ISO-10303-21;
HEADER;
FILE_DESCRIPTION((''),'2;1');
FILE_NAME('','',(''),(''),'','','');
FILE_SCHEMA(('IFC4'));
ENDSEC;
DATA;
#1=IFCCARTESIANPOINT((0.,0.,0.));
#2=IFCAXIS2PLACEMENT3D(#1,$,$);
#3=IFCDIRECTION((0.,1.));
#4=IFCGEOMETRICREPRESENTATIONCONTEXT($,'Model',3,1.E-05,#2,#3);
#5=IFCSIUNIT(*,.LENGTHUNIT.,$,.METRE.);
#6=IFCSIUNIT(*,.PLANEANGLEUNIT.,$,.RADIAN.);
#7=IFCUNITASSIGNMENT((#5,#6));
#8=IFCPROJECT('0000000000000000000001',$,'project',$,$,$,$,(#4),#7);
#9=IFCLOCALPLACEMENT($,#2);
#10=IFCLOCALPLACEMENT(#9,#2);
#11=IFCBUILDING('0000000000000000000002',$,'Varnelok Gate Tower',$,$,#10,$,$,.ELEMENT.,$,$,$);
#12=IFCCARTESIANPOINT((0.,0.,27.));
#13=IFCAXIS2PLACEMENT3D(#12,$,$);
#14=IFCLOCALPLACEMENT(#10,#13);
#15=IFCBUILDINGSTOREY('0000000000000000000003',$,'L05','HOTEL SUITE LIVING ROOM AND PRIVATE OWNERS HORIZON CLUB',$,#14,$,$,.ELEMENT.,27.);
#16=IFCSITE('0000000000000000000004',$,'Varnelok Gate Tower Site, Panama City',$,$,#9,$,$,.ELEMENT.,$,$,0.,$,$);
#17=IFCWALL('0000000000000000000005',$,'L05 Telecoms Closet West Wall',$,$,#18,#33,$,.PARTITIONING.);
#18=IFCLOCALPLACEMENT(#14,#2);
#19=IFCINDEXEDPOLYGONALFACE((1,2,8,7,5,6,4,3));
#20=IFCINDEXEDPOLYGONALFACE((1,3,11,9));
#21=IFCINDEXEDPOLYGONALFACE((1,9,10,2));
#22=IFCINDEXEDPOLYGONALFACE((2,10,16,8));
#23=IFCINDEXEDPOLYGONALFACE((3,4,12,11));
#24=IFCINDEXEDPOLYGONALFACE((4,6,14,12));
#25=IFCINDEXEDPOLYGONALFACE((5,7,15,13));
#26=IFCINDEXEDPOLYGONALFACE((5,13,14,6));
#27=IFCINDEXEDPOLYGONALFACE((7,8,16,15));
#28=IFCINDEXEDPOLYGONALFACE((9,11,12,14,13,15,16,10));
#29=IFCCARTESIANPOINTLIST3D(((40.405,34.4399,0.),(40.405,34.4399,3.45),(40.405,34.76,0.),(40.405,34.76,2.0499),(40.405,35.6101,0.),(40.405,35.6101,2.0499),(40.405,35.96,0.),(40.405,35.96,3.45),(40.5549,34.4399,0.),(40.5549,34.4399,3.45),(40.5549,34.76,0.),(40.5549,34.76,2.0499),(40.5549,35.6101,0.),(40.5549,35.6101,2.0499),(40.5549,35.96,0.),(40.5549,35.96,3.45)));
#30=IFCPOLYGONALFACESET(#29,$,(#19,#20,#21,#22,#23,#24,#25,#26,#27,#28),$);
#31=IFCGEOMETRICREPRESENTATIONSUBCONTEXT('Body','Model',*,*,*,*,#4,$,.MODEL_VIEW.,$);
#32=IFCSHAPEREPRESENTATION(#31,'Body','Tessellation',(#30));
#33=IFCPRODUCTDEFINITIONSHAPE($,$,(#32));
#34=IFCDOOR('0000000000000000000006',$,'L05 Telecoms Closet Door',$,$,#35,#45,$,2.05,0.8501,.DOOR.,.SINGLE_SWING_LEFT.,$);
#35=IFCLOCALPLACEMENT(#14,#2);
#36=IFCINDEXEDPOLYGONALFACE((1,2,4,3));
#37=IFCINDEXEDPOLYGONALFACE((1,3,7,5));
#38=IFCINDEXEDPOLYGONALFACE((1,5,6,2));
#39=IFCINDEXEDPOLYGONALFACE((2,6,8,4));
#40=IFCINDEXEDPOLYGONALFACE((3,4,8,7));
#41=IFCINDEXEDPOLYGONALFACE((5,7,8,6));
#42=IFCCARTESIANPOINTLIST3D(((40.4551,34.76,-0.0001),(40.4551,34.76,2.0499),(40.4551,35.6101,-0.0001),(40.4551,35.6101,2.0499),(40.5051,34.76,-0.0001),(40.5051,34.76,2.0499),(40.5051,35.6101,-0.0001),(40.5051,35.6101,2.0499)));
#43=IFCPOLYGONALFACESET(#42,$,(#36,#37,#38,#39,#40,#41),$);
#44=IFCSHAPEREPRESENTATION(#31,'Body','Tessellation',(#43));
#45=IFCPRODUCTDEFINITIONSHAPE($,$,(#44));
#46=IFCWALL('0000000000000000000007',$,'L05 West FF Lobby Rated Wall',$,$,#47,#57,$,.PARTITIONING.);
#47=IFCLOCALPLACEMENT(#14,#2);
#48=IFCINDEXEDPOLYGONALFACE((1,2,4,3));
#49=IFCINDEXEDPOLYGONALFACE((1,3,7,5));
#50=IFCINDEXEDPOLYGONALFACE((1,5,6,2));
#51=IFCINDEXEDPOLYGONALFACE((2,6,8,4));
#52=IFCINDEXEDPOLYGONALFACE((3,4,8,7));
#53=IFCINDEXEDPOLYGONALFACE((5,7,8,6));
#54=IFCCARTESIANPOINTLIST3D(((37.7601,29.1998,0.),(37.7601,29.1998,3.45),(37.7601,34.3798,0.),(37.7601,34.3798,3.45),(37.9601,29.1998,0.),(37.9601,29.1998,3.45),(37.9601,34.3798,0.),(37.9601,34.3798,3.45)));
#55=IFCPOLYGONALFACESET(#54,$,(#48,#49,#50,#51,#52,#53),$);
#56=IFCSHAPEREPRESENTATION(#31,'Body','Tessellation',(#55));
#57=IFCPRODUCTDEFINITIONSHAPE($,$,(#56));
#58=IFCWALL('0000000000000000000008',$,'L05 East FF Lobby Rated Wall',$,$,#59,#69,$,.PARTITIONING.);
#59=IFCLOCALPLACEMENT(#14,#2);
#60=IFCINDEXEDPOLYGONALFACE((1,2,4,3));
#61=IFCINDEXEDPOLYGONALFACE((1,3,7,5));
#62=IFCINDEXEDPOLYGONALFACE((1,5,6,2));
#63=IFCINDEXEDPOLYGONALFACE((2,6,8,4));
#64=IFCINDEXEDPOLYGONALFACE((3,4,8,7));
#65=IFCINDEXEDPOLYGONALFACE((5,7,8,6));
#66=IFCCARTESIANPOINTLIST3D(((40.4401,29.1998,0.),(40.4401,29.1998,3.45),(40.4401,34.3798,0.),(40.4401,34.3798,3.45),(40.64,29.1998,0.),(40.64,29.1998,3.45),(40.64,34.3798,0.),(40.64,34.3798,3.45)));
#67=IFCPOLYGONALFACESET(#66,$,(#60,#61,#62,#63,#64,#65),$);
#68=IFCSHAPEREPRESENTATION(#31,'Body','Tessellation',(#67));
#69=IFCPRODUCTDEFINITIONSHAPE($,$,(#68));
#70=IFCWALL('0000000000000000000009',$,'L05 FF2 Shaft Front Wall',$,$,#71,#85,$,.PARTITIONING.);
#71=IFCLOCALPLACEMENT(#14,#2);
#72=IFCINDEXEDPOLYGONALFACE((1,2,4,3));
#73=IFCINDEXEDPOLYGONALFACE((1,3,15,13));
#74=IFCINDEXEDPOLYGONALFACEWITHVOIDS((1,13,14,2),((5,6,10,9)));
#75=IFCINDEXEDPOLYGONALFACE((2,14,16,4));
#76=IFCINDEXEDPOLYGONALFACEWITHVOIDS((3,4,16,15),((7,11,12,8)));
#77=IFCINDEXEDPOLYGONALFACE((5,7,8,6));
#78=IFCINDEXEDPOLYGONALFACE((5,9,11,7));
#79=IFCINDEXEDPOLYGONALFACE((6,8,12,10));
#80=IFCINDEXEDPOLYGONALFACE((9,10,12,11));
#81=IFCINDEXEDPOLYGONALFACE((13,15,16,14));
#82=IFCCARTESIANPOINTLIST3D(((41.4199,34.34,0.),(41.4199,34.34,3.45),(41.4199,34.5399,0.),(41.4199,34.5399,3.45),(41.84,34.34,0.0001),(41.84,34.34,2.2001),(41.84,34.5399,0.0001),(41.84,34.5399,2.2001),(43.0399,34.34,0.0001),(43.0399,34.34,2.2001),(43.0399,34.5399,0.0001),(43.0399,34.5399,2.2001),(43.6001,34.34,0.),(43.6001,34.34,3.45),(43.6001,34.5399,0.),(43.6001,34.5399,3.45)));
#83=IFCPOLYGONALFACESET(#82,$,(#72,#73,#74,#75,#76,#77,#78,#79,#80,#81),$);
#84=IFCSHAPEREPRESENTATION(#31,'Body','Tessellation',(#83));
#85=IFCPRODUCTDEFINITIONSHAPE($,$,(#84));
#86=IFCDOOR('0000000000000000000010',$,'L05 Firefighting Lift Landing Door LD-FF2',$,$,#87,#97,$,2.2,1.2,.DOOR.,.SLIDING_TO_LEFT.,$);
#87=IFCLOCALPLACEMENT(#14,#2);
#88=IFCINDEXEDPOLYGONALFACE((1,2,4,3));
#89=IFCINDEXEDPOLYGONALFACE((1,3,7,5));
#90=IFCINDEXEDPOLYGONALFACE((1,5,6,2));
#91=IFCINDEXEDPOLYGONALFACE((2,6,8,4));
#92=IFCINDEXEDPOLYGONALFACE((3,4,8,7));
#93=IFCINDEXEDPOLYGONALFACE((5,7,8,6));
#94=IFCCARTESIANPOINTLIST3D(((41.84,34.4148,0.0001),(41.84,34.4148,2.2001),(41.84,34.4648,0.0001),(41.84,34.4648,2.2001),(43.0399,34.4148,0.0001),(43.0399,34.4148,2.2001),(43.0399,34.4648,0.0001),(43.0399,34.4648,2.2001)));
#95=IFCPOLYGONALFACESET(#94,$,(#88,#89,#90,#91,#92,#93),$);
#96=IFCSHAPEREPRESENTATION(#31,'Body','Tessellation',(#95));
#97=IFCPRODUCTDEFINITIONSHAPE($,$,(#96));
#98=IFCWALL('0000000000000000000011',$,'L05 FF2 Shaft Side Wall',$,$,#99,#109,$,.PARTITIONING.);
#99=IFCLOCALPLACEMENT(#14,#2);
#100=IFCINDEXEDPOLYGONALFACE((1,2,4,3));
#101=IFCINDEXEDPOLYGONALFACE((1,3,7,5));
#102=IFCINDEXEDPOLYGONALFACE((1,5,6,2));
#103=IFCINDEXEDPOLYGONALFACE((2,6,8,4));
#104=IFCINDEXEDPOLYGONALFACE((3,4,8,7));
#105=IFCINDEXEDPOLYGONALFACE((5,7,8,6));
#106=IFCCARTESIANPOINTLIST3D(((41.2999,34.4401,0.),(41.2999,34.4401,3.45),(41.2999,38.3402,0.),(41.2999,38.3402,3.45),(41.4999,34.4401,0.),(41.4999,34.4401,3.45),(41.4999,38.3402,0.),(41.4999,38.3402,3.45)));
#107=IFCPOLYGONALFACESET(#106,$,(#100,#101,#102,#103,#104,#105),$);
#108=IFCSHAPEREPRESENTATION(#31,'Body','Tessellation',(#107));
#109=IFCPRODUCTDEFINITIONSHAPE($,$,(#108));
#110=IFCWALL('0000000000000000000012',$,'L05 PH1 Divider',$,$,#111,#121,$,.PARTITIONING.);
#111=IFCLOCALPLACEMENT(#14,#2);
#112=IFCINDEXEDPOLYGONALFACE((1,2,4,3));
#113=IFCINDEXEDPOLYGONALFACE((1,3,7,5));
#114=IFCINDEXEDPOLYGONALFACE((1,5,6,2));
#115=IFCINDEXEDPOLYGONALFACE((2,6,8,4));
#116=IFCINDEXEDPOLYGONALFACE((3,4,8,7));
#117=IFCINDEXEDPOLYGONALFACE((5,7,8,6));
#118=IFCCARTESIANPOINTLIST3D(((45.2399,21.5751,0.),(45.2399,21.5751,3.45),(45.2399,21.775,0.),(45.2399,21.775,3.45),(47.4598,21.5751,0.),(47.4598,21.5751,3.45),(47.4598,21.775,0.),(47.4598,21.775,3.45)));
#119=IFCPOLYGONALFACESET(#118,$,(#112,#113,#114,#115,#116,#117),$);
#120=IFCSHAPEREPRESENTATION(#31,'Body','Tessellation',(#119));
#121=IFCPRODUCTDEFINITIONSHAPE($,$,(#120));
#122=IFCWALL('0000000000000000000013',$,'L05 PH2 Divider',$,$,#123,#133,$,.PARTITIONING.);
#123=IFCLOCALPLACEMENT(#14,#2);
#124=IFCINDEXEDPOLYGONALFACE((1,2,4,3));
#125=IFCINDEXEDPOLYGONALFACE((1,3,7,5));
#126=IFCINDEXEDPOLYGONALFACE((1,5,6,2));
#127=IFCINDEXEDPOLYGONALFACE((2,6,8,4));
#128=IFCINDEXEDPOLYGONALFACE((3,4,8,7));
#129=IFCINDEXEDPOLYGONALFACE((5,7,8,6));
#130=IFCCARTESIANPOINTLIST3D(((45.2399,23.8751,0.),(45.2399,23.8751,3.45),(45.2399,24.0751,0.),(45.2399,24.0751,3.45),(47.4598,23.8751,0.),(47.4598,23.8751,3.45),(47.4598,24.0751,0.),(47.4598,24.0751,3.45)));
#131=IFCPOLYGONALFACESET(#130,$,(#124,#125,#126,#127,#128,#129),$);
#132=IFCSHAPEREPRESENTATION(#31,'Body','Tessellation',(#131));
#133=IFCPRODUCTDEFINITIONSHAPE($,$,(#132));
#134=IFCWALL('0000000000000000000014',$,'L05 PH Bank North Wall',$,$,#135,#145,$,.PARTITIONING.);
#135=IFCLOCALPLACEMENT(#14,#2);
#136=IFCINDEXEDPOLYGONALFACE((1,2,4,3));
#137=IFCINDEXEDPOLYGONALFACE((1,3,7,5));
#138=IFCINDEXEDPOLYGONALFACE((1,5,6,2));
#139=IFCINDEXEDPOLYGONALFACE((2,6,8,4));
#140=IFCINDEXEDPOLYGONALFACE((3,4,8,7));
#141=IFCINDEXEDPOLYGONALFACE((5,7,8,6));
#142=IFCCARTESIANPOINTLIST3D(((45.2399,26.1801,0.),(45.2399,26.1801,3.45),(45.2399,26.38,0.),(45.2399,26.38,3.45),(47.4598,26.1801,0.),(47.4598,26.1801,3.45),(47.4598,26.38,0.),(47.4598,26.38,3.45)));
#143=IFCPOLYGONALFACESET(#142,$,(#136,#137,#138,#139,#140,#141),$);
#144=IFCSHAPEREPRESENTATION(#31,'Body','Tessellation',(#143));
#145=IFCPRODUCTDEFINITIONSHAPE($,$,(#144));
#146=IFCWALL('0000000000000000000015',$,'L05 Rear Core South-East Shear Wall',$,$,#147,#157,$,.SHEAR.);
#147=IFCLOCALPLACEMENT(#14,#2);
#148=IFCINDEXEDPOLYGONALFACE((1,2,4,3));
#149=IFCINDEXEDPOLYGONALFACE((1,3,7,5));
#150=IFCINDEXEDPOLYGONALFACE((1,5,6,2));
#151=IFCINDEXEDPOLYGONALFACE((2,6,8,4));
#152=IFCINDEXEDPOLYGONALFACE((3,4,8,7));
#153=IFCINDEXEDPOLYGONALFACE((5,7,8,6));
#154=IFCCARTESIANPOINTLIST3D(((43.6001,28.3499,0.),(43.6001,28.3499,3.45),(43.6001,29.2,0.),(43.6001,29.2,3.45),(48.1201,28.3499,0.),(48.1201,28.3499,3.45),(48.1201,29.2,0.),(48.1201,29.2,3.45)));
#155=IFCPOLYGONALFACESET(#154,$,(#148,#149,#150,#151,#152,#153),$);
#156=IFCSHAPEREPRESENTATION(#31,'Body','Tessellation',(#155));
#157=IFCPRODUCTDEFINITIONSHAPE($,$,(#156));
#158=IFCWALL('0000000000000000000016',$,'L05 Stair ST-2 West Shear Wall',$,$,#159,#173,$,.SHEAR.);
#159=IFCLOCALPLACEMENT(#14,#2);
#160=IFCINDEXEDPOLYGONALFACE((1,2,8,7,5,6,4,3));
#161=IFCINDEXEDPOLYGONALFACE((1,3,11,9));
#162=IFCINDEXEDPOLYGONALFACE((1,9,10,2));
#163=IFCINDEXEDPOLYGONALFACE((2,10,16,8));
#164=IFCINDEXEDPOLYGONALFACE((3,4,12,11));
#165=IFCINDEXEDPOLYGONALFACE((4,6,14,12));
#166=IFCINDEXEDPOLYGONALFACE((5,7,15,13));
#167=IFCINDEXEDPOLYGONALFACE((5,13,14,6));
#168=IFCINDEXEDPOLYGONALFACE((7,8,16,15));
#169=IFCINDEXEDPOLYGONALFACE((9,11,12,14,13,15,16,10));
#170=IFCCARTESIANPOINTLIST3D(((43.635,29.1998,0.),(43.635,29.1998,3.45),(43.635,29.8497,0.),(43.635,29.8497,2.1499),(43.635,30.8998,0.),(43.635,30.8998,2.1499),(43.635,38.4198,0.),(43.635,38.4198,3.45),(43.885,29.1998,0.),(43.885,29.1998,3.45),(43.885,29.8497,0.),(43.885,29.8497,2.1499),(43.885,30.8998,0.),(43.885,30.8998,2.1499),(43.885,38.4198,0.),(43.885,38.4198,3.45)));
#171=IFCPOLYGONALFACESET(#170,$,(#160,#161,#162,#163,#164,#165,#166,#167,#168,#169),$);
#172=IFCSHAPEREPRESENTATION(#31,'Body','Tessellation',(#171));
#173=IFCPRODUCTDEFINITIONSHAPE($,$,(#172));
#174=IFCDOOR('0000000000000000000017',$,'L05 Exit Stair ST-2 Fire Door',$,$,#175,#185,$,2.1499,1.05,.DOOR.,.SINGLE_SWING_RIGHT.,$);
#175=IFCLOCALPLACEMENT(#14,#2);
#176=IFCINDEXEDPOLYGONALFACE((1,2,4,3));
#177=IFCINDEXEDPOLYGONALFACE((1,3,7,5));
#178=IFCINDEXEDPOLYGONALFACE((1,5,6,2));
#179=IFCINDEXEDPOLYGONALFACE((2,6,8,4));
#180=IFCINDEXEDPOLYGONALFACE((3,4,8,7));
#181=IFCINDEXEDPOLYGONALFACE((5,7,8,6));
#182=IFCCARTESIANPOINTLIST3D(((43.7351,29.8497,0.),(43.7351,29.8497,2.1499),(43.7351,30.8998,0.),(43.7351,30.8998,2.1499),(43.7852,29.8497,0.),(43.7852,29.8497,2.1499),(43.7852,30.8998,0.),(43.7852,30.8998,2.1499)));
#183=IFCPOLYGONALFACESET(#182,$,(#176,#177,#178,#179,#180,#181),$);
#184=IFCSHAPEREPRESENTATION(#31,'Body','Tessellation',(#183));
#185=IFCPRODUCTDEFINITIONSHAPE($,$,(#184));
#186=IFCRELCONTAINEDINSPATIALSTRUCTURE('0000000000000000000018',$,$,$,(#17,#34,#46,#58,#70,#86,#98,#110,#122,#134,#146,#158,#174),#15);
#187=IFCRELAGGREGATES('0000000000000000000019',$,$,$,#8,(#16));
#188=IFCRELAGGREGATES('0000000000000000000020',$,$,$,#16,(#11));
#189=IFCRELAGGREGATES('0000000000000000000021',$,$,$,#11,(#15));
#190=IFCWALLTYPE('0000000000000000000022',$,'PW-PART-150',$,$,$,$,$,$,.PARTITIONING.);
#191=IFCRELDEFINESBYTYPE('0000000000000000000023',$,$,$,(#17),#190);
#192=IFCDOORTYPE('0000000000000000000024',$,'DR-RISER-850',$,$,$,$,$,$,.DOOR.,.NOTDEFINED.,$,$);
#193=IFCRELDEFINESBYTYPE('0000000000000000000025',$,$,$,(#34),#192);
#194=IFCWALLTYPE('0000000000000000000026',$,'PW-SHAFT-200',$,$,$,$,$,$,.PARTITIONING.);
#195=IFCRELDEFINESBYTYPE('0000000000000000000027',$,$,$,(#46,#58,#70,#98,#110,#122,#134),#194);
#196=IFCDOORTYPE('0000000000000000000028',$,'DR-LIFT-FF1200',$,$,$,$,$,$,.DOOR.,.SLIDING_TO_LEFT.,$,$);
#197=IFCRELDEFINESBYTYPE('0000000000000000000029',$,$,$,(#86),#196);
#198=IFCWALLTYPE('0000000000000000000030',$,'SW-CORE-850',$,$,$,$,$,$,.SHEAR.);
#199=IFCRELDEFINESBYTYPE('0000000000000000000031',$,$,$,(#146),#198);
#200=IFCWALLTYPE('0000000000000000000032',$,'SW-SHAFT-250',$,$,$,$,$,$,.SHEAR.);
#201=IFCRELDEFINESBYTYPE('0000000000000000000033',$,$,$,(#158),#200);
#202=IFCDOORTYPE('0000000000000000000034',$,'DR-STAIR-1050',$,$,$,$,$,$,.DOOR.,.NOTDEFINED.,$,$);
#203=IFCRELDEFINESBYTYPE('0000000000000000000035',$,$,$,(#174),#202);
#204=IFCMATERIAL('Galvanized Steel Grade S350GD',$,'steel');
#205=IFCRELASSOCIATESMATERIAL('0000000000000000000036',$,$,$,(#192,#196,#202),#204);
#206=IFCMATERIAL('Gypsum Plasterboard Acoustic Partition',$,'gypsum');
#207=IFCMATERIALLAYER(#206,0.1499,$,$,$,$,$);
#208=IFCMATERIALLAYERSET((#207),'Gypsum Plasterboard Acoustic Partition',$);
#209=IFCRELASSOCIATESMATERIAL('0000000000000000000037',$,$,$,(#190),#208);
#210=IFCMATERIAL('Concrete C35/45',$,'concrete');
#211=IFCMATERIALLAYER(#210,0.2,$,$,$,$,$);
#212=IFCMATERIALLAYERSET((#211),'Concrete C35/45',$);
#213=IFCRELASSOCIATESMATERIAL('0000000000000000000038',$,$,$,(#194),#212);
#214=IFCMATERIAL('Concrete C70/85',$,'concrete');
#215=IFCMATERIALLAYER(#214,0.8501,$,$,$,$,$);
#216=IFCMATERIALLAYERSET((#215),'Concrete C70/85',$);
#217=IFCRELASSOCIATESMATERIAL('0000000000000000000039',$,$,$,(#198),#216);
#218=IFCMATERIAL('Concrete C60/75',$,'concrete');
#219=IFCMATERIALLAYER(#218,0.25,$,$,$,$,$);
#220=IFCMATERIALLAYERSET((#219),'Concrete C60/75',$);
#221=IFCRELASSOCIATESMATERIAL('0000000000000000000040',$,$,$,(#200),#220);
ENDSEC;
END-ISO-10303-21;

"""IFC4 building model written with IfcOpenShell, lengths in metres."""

from ifc_helpers import new_model, si_unit, direction, frame, frame_2d, origin, place, context, subcontext, project, spatial, rectangle, extrude, material, layer, layer_set, type_object, element, fill, save


model = new_model("IFC4")

# Units and contexts
model_context = context("Model", 3, precision=1e-05, world=origin(), true_north=direction((0.0, 1.0)))
body_context = subcontext(model_context, "Body", "Model", "MODEL_VIEW")
ifc_project = project(units=[si_unit("LENGTHUNIT", "METRE"), si_unit("PLANEANGLEUNIT", "RADIAN")], contexts=[model_context])

# Site, building, storey
site_placement = place(None, origin())
site = spatial("IfcSite", under=ifc_project, at=site_placement, Name="Varnelok Gate Tower Site, Panama City", CompositionType="ELEMENT", RefElevation=0.0)
building_placement = place(site_placement, origin())
building = spatial("IfcBuilding", under=site, at=building_placement, Name="Varnelok Gate Tower", CompositionType="ELEMENT")
storey_placement = place(building_placement, frame((0.0, 0.0, 27.0)))
storey = spatial("IfcBuildingStorey", under=building, at=storey_placement, Name="L05", Description="HOTEL SUITE LIVING ROOM AND PRIVATE OWNERS HORIZON CLUB", CompositionType="ELEMENT", Elevation=27.0)

# Shared definitions
ifc_material_1 = material(Name="Concrete C70/85", Category="concrete")

# Shared definitions
ifc_material_2 = material(Name="Gypsum Plasterboard Acoustic Partition", Category="gypsum")

# Shared definitions
ifc_material_3 = material(Name="Galvanized Steel Grade S350GD", Category="steel")
door_type_1 = type_object("IfcDoorType", Name="DR-RISER-850", OperationType="NOTDEFINED", PredefinedType="DOOR", material=ifc_material_3)

# Wall, opening, door
ifc_layer_1 = layer(ifc_material_2, 0.1499)
ifc_layer_set_1 = layer_set([ifc_layer_1], Name="Gypsum Plasterboard Acoustic Partition")
wall_type_1 = type_object("IfcWallType", Name="PW-PART-150", PredefinedType="PARTITIONING", material=ifc_layer_set_1)
wall_1_placement = place(storey_placement, frame((40.48, 34.4399, 0.0), z_axis=(0.0, 0.0, 1.0), x_axis=(0.0, 1.0, 0.0)))
wall_1 = element("IfcWall", 1, at=wall_1_placement, inside=storey, type_object=wall_type_1, Name="L05 Telecoms Closet West Wall", PredefinedType="PARTITIONING", context=body_context, shape_type="SweptSolid", body=[
    extrude(rectangle(XDim=1.52, YDim=0.1499, at=frame_2d((0.76, 0.0))), origin(), (0.0, 0.0, 1.0), 3.45),
])
opening_1_placement = place(wall_1_placement, frame((0.3201, 0.0, 0.0)))
opening_1 = element("IfcOpeningElement", 2, at=opening_1_placement, cuts=wall_1, PredefinedType="OPENING", context=body_context, shape_type="SweptSolid", body=[
    extrude(rectangle(XDim=0.8501, YDim=2.05, at=frame_2d((0.425, 1.0249))), frame((0.0, 0.085, 0.0), z_axis=(0.0, -1.0, 0.0), x_axis=(1.0, 0.0, 0.0)), (0.0, 0.0, 1.0), 0.1699),
])
door_1_placement = place(opening_1_placement, origin())
door_1 = element("IfcDoor", 3, at=door_1_placement, inside=storey, type_object=door_type_1, Name="L05 Telecoms Closet Door", OperationType="SINGLE_SWING_LEFT", OverallHeight=2.05, OverallWidth=0.8501, PredefinedType="DOOR", context=body_context, shape_type="SweptSolid", body=[
    extrude(rectangle(XDim=0.8501, YDim=2.05, at=frame_2d((0.425, 1.0249))), frame((0.0, 0.0249, 0.0), z_axis=(0.0, -1.0, 0.0), x_axis=(1.0, 0.0, 0.0)), (0.0, 0.0, 1.0), 0.05),
])
fill(opening_1, door_1)

# Walls
ifc_material_4 = material(Name="Concrete C35/45", Category="concrete")
ifc_layer_2 = layer(ifc_material_4, 0.2)
ifc_layer_set_2 = layer_set([ifc_layer_2], Name="Concrete C35/45")
wall_type_2 = type_object("IfcWallType", Name="PW-SHAFT-200", PredefinedType="PARTITIONING", material=ifc_layer_set_2)
for number, where, z_axis, x_axis, name in (
    (4, (37.8601, 29.2, 0.0), (0.0, 0.0, 1.0), (0.0, 1.0, 0.0), "L05 West FF Lobby Rated Wall"),
    (5, (40.54, 29.2, 0.0), (0.0, 0.0, 1.0), (0.0, 1.0, 0.0), "L05 East FF Lobby Rated Wall"),
):
    element("IfcWall", number, at=place(storey_placement, frame(where, z_axis=z_axis, x_axis=x_axis)), inside=storey, type_object=wall_type_2, Name=name, PredefinedType="PARTITIONING", context=body_context, shape_type="SweptSolid", body=[
        extrude(rectangle(XDim=5.1799, YDim=0.2, at=frame_2d((2.5898, 0.0))), origin(), (0.0, 0.0, 1.0), 3.45),
    ])

# Wall, opening, door
wall_2_placement = place(storey_placement, frame((41.4199, 34.4399, 0.0), z_axis=(0.0, 0.0, 1.0), x_axis=(1.0, 0.0, 0.0)))
wall_2 = element("IfcWall", 6, at=wall_2_placement, inside=storey, type_object=wall_type_2, Name="L05 FF2 Shaft Front Wall", PredefinedType="PARTITIONING", context=body_context, shape_type="SweptSolid", body=[
    extrude(rectangle(XDim=2.1802, YDim=0.2, at=frame_2d((1.0901, 0.0))), origin(), (0.0, 0.0, 1.0), 3.45),
])
opening_2_placement = place(wall_2_placement, frame((0.4199, 0.0, 0.0)))
opening_2 = element("IfcOpeningElement", 7, at=opening_2_placement, cuts=wall_2, PredefinedType="OPENING", context=body_context, shape_type="SweptSolid", body=[
    extrude(rectangle(XDim=1.2, YDim=2.2, at=frame_2d((0.6001, 1.1001))), frame((0.0, 0.1099, 0.0), z_axis=(0.0, -1.0, 0.0), x_axis=(1.0, 0.0, 0.0)), (0.0, 0.0, 1.0), 0.22),
])
door_type_2 = type_object("IfcDoorType", Name="DR-LIFT-FF1200", OperationType="SLIDING_TO_LEFT", PredefinedType="DOOR", material=ifc_material_3)
door_2_placement = place(opening_2_placement, origin())
door_2 = element("IfcDoor", 8, at=door_2_placement, inside=storey, type_object=door_type_2, Name="L05 Firefighting Lift Landing Door LD-FF2", OperationType="SLIDING_TO_LEFT", OverallHeight=2.2, OverallWidth=1.2, PredefinedType="DOOR", context=body_context, shape_type="SweptSolid", body=[
    extrude(rectangle(XDim=1.2, YDim=2.2, at=frame_2d((0.6001, 1.1001))), frame((0.0, 0.0249, 0.0), z_axis=(0.0, -1.0, 0.0), x_axis=(1.0, 0.0, 0.0)), (0.0, 0.0, 1.0), 0.05),
])
fill(opening_2, door_2)

# Walls
wall_3_placement = place(storey_placement, frame((41.3999, 34.4399, 0.0), z_axis=(0.0, 0.0, 1.0), x_axis=(0.0, 1.0, 0.0)))
element("IfcWall", 9, at=wall_3_placement, inside=storey, type_object=wall_type_2, Name="L05 FF2 Shaft Side Wall", PredefinedType="PARTITIONING", context=body_context, shape_type="SweptSolid", body=[
    extrude(rectangle(XDim=3.9001, YDim=0.2, at=frame_2d((1.9502, 0.0))), origin(), (0.0, 0.0, 1.0), 3.45),
])
for number, where, z_axis, x_axis, name in (
    (10, (45.24, 21.675, 0.0), (0.0, 0.0, 1.0), (1.0, 0.0, 0.0), "L05 PH1 Divider"),
    (11, (45.24, 23.9751, 0.0), (0.0, 0.0, 1.0), (1.0, 0.0, 0.0), "L05 PH2 Divider"),
    (12, (45.24, 26.28, 0.0), (0.0, 0.0, 1.0), (1.0, 0.0, 0.0), "L05 PH Bank North Wall"),
):
    element("IfcWall", number, at=place(storey_placement, frame(where, z_axis=z_axis, x_axis=x_axis)), inside=storey, type_object=wall_type_2, Name=name, PredefinedType="PARTITIONING", context=body_context, shape_type="SweptSolid", body=[
        extrude(rectangle(XDim=2.22, YDim=0.2, at=frame_2d((1.1099, 0.0))), origin(), (0.0, 0.0, 1.0), 3.45),
    ])
ifc_layer_3 = layer(ifc_material_1, 0.8501)
ifc_layer_set_3 = layer_set([ifc_layer_3], Name="Concrete C70/85")
wall_type_3 = type_object("IfcWallType", Name="SW-CORE-850", PredefinedType="SHEAR", material=ifc_layer_set_3)
wall_4_placement = place(storey_placement, frame((43.6001, 28.7749, 0.0), z_axis=(0.0, 0.0, 1.0), x_axis=(1.0, 0.0, 0.0)))
element("IfcWall", 13, at=wall_4_placement, inside=storey, type_object=wall_type_3, Name="L05 Rear Core South-East Shear Wall", PredefinedType="SHEAR", context=body_context, shape_type="SweptSolid", body=[
    extrude(rectangle(XDim=4.52, YDim=0.8501, at=frame_2d((2.26, 0.0))), origin(), (0.0, 0.0, 1.0), 3.45),
])

# Wall, opening, door
ifc_material_5 = material(Name="Concrete C60/75", Category="concrete")
ifc_layer_4 = layer(ifc_material_5, 0.25)
ifc_layer_set_4 = layer_set([ifc_layer_4], Name="Concrete C60/75")
wall_type_4 = type_object("IfcWallType", Name="SW-SHAFT-250", PredefinedType="SHEAR", material=ifc_layer_set_4)
wall_5_placement = place(storey_placement, frame((43.76, 29.2, 0.0), z_axis=(0.0, 0.0, 1.0), x_axis=(0.0, 1.0, 0.0)))
wall_5 = element("IfcWall", 14, at=wall_5_placement, inside=storey, type_object=wall_type_4, Name="L05 Stair ST-2 West Shear Wall", PredefinedType="SHEAR", context=body_context, shape_type="SweptSolid", body=[
    extrude(rectangle(XDim=9.22, YDim=0.25, at=frame_2d((4.6099, 0.0))), origin(), (0.0, 0.0, 1.0), 3.45),
])
opening_3_placement = place(wall_5_placement, frame((0.6499, 0.0, 0.0)))
opening_3 = element("IfcOpeningElement", 15, at=opening_3_placement, cuts=wall_5, PredefinedType="OPENING", context=body_context, shape_type="SweptSolid", body=[
    extrude(rectangle(XDim=1.05, YDim=2.1499, at=frame_2d((0.5249, 1.075))), frame((0.0, 0.135, 0.0), z_axis=(0.0, -1.0, 0.0), x_axis=(1.0, 0.0, 0.0)), (0.0, 0.0, 1.0), 0.27),
])
door_type_3 = type_object("IfcDoorType", Name="DR-STAIR-1050", OperationType="NOTDEFINED", PredefinedType="DOOR", material=ifc_material_3)
door_3_placement = place(opening_3_placement, origin())
door_3 = element("IfcDoor", 16, at=door_3_placement, inside=storey, type_object=door_type_3, Name="L05 Exit Stair ST-2 Fire Door", OperationType="SINGLE_SWING_RIGHT", OverallHeight=2.1499, OverallWidth=1.05, PredefinedType="DOOR", context=body_context, shape_type="SweptSolid", body=[
    extrude(rectangle(XDim=1.05, YDim=2.1499, at=frame_2d((0.5249, 1.075))), frame((0.0, 0.0249, 0.0), z_axis=(0.0, -1.0, 0.0), x_axis=(1.0, 0.0, 0.0)), (0.0, 0.0, 1.0), 0.05),
])
fill(opening_3, door_3)

save(model, "model.ifc")
